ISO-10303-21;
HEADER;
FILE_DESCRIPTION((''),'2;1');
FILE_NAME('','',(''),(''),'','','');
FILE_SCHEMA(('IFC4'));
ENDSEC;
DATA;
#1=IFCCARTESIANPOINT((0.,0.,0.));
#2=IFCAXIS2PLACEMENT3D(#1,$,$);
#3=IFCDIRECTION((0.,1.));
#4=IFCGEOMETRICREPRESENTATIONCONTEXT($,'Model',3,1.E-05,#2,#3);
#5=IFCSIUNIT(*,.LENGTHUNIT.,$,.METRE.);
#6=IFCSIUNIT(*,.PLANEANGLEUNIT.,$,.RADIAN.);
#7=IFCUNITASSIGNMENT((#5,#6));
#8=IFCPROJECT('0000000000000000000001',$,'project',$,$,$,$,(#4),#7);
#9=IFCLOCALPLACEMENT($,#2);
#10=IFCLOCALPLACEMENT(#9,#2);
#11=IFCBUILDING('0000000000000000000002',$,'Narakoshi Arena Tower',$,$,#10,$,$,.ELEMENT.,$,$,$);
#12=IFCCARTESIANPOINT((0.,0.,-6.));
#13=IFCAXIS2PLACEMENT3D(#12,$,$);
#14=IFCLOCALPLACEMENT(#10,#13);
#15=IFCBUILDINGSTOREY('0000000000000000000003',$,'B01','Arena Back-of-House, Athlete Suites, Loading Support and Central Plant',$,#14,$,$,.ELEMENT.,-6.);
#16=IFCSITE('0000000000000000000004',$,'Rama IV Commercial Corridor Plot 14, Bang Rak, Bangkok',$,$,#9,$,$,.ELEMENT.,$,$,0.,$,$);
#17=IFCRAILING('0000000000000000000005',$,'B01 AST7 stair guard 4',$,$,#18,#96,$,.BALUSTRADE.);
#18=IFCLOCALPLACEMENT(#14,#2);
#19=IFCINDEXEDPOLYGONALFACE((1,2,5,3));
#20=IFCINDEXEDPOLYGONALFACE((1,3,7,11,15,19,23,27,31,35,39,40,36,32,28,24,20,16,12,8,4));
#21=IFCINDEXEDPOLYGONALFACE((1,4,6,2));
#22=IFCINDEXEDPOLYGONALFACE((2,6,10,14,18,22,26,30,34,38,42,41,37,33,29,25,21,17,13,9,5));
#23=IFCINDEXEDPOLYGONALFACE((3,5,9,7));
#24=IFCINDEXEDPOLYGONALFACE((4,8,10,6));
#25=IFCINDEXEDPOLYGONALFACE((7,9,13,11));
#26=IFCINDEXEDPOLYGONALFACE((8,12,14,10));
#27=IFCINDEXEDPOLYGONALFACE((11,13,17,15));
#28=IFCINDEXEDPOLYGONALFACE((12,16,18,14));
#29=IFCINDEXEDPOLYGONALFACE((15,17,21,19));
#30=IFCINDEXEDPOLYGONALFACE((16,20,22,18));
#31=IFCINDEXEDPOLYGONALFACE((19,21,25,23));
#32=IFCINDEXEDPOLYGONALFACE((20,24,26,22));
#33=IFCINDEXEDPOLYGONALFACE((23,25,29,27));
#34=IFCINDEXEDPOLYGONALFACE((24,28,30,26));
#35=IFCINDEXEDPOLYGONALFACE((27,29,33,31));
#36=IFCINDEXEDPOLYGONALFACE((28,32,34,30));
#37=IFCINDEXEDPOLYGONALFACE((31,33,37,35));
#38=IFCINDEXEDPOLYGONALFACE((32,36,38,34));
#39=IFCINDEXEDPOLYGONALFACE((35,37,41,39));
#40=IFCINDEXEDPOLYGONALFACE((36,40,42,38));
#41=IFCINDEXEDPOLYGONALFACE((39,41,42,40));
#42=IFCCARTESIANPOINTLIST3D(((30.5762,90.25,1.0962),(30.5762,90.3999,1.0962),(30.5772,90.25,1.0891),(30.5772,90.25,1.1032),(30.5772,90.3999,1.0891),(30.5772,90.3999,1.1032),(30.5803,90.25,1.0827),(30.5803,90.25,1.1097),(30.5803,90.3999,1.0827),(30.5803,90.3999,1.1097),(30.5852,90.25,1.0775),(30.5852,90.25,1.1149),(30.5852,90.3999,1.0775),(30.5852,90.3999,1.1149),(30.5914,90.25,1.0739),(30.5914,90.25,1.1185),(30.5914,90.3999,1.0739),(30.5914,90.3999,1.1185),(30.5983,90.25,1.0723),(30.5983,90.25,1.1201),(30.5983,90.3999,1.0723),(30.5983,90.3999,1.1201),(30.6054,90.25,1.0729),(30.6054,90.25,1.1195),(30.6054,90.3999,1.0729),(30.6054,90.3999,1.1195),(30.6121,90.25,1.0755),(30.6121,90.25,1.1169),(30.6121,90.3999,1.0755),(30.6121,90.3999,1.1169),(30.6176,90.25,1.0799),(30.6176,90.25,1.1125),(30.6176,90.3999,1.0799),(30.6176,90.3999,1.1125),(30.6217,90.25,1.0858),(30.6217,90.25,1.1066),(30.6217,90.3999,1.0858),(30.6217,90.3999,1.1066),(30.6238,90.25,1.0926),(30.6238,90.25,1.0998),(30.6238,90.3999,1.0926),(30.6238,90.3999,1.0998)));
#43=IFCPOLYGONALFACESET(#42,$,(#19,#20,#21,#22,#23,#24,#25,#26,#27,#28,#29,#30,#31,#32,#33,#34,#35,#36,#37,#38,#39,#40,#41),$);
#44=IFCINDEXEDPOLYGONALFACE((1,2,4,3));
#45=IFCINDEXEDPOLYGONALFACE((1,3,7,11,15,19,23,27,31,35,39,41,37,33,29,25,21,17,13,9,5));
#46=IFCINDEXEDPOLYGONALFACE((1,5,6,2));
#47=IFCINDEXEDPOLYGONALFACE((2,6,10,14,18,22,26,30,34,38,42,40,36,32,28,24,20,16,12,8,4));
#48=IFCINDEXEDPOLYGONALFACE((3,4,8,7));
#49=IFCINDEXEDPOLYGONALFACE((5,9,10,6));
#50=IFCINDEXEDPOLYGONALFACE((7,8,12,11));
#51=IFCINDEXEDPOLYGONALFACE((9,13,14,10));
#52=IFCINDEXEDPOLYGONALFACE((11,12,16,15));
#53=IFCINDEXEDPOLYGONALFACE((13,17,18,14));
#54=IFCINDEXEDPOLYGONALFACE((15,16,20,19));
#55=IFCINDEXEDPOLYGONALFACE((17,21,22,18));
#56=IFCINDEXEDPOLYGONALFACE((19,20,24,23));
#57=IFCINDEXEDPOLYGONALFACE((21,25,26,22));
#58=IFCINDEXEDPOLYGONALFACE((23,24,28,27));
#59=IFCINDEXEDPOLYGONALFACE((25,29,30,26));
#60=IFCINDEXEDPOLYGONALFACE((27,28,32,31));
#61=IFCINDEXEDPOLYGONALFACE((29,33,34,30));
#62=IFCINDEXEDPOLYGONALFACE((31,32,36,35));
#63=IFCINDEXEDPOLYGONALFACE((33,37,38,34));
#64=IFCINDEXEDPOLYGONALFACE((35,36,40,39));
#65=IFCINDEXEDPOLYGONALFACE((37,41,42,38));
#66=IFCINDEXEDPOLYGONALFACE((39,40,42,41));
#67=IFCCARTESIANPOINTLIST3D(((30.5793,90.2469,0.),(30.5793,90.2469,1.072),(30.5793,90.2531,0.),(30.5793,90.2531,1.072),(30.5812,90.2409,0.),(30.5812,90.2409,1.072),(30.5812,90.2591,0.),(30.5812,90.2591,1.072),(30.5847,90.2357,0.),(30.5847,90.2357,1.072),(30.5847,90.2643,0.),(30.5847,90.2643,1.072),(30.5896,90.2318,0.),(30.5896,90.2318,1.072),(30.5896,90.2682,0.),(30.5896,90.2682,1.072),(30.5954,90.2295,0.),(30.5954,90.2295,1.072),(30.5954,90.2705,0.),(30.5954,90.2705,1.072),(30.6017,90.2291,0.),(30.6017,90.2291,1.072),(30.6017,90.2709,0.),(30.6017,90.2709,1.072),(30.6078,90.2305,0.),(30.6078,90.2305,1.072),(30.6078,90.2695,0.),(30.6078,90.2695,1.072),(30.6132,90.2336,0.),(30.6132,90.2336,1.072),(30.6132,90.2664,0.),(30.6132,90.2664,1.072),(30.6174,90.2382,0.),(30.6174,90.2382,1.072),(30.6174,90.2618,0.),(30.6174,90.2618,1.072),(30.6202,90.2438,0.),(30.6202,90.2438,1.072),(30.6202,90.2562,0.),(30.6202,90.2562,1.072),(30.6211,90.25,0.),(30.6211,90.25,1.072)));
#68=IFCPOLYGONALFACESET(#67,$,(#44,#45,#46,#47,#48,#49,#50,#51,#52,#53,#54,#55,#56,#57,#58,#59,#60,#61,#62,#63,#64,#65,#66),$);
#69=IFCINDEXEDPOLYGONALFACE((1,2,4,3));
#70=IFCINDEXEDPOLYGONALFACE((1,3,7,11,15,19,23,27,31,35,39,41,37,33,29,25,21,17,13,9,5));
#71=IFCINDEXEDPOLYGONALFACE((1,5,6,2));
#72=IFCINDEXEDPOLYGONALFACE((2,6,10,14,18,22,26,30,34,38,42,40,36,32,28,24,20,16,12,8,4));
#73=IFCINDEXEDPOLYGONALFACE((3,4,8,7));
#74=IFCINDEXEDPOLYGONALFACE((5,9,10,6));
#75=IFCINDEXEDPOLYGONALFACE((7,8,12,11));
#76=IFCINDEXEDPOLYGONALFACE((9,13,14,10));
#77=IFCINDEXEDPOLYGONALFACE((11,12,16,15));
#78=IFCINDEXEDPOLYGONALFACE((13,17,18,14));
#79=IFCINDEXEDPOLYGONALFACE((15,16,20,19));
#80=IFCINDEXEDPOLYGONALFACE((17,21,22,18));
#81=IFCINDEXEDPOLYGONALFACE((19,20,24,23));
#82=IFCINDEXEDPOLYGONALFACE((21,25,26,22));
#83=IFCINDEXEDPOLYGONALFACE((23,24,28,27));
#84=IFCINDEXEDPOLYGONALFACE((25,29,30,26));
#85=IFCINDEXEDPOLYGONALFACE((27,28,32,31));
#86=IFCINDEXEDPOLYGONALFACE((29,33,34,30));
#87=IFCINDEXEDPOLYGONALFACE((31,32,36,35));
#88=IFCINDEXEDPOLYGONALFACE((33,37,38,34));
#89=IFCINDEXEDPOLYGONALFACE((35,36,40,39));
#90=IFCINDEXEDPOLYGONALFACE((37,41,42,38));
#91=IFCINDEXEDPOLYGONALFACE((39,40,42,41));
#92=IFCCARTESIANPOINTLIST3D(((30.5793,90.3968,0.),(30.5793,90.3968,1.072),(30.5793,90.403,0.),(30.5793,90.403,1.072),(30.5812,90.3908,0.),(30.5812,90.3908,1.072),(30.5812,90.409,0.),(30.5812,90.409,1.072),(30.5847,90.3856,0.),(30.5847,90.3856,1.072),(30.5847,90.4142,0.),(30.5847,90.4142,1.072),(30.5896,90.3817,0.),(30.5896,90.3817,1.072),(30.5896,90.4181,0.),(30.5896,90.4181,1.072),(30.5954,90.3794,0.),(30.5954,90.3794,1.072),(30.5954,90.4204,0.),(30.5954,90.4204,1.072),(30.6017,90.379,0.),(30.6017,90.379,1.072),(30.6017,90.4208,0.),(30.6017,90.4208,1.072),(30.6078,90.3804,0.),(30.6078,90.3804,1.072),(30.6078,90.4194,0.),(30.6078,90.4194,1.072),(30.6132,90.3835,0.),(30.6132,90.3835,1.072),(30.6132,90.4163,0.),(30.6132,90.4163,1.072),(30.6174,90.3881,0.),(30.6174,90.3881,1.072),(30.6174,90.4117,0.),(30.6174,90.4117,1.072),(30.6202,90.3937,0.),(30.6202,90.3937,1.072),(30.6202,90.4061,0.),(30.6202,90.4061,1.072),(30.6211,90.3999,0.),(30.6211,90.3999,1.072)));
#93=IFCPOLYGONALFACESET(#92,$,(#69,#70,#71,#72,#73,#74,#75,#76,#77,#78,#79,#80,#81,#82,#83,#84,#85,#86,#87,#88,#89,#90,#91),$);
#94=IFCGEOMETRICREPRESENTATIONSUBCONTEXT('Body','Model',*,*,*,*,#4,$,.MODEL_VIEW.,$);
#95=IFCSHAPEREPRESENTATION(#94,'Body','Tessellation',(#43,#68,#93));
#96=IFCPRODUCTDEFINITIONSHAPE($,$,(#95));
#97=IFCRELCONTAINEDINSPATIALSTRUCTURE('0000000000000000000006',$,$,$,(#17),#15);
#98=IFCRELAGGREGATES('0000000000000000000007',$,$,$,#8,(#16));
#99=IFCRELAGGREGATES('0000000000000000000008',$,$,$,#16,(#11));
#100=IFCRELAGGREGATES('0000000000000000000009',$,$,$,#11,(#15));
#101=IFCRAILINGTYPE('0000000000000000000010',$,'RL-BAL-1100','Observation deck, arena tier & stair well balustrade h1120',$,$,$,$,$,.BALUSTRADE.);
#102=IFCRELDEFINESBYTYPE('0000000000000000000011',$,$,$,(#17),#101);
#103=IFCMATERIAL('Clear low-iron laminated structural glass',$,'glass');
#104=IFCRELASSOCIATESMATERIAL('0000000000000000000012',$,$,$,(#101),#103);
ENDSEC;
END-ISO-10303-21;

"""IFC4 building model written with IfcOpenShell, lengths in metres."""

from ifc_helpers import new_model, si_unit, direction, frame, origin, origin_2d, place, context, subcontext, project, spatial, circle, extrude, material, type_object, element, save


model = new_model("IFC4")

# Units and contexts
model_context = context("Model", 3, precision=1e-05, world=origin(), true_north=direction((0.0, 1.0)))
body_context = subcontext(model_context, "Body", "Model", "MODEL_VIEW")
ifc_project = project(units=[si_unit("LENGTHUNIT", "METRE"), si_unit("PLANEANGLEUNIT", "RADIAN")], contexts=[model_context])

# Site, building, storey
site_placement = place(None, origin())
site = spatial("IfcSite", under=ifc_project, at=site_placement, Name="Rama IV Commercial Corridor Plot 14, Bang Rak, Bangkok", CompositionType="ELEMENT", RefElevation=0.0)
building_placement = place(site_placement, origin())
building = spatial("IfcBuilding", under=site, at=building_placement, Name="Narakoshi Arena Tower", CompositionType="ELEMENT")
storey_placement = place(building_placement, frame((0.0, 0.0, -6.0)))
storey = spatial("IfcBuildingStorey", under=building, at=storey_placement, Name="B01", Description="Arena Back-of-House, Athlete Suites, Loading Support and Central Plant", CompositionType="ELEMENT", Elevation=-6.0)

# Railing
ifc_material_1 = material(Name="Clear low-iron laminated structural glass", Category="glass")
railing_type_1 = type_object("IfcRailingType", Name="RL-BAL-1100", Description="Observation deck, arena tier & stair well balustrade h1120", PredefinedType="BALUSTRADE", material=ifc_material_1)
railing_1_placement = place(storey_placement, frame((30.6001, 90.25, 0.0)))
element("IfcRailing", 1, at=railing_1_placement, inside=storey, type_object=railing_type_1, Name="B01 AST7 stair guard 4", PredefinedType="BALUSTRADE", context=body_context, shape_type="SweptSolid", body=[
    extrude(circle(Radius=0.0239, at=origin_2d()), frame((0.0, 0.0, 1.0962), z_axis=(0.0, 1.0, 0.0), x_axis=(-1.0, 0.0, 0.0)), (0.0, 0.0, 1.0), 0.1499),
    extrude(circle(Radius=0.021, at=origin_2d()), origin(), (0.0, 0.0, 1.0), 1.072),
    extrude(circle(Radius=0.021, at=origin_2d()), frame((0.0, 0.1499, 0.0)), (0.0, 0.0, 1.0), 1.072),
])

save(model, "model.ifc")
